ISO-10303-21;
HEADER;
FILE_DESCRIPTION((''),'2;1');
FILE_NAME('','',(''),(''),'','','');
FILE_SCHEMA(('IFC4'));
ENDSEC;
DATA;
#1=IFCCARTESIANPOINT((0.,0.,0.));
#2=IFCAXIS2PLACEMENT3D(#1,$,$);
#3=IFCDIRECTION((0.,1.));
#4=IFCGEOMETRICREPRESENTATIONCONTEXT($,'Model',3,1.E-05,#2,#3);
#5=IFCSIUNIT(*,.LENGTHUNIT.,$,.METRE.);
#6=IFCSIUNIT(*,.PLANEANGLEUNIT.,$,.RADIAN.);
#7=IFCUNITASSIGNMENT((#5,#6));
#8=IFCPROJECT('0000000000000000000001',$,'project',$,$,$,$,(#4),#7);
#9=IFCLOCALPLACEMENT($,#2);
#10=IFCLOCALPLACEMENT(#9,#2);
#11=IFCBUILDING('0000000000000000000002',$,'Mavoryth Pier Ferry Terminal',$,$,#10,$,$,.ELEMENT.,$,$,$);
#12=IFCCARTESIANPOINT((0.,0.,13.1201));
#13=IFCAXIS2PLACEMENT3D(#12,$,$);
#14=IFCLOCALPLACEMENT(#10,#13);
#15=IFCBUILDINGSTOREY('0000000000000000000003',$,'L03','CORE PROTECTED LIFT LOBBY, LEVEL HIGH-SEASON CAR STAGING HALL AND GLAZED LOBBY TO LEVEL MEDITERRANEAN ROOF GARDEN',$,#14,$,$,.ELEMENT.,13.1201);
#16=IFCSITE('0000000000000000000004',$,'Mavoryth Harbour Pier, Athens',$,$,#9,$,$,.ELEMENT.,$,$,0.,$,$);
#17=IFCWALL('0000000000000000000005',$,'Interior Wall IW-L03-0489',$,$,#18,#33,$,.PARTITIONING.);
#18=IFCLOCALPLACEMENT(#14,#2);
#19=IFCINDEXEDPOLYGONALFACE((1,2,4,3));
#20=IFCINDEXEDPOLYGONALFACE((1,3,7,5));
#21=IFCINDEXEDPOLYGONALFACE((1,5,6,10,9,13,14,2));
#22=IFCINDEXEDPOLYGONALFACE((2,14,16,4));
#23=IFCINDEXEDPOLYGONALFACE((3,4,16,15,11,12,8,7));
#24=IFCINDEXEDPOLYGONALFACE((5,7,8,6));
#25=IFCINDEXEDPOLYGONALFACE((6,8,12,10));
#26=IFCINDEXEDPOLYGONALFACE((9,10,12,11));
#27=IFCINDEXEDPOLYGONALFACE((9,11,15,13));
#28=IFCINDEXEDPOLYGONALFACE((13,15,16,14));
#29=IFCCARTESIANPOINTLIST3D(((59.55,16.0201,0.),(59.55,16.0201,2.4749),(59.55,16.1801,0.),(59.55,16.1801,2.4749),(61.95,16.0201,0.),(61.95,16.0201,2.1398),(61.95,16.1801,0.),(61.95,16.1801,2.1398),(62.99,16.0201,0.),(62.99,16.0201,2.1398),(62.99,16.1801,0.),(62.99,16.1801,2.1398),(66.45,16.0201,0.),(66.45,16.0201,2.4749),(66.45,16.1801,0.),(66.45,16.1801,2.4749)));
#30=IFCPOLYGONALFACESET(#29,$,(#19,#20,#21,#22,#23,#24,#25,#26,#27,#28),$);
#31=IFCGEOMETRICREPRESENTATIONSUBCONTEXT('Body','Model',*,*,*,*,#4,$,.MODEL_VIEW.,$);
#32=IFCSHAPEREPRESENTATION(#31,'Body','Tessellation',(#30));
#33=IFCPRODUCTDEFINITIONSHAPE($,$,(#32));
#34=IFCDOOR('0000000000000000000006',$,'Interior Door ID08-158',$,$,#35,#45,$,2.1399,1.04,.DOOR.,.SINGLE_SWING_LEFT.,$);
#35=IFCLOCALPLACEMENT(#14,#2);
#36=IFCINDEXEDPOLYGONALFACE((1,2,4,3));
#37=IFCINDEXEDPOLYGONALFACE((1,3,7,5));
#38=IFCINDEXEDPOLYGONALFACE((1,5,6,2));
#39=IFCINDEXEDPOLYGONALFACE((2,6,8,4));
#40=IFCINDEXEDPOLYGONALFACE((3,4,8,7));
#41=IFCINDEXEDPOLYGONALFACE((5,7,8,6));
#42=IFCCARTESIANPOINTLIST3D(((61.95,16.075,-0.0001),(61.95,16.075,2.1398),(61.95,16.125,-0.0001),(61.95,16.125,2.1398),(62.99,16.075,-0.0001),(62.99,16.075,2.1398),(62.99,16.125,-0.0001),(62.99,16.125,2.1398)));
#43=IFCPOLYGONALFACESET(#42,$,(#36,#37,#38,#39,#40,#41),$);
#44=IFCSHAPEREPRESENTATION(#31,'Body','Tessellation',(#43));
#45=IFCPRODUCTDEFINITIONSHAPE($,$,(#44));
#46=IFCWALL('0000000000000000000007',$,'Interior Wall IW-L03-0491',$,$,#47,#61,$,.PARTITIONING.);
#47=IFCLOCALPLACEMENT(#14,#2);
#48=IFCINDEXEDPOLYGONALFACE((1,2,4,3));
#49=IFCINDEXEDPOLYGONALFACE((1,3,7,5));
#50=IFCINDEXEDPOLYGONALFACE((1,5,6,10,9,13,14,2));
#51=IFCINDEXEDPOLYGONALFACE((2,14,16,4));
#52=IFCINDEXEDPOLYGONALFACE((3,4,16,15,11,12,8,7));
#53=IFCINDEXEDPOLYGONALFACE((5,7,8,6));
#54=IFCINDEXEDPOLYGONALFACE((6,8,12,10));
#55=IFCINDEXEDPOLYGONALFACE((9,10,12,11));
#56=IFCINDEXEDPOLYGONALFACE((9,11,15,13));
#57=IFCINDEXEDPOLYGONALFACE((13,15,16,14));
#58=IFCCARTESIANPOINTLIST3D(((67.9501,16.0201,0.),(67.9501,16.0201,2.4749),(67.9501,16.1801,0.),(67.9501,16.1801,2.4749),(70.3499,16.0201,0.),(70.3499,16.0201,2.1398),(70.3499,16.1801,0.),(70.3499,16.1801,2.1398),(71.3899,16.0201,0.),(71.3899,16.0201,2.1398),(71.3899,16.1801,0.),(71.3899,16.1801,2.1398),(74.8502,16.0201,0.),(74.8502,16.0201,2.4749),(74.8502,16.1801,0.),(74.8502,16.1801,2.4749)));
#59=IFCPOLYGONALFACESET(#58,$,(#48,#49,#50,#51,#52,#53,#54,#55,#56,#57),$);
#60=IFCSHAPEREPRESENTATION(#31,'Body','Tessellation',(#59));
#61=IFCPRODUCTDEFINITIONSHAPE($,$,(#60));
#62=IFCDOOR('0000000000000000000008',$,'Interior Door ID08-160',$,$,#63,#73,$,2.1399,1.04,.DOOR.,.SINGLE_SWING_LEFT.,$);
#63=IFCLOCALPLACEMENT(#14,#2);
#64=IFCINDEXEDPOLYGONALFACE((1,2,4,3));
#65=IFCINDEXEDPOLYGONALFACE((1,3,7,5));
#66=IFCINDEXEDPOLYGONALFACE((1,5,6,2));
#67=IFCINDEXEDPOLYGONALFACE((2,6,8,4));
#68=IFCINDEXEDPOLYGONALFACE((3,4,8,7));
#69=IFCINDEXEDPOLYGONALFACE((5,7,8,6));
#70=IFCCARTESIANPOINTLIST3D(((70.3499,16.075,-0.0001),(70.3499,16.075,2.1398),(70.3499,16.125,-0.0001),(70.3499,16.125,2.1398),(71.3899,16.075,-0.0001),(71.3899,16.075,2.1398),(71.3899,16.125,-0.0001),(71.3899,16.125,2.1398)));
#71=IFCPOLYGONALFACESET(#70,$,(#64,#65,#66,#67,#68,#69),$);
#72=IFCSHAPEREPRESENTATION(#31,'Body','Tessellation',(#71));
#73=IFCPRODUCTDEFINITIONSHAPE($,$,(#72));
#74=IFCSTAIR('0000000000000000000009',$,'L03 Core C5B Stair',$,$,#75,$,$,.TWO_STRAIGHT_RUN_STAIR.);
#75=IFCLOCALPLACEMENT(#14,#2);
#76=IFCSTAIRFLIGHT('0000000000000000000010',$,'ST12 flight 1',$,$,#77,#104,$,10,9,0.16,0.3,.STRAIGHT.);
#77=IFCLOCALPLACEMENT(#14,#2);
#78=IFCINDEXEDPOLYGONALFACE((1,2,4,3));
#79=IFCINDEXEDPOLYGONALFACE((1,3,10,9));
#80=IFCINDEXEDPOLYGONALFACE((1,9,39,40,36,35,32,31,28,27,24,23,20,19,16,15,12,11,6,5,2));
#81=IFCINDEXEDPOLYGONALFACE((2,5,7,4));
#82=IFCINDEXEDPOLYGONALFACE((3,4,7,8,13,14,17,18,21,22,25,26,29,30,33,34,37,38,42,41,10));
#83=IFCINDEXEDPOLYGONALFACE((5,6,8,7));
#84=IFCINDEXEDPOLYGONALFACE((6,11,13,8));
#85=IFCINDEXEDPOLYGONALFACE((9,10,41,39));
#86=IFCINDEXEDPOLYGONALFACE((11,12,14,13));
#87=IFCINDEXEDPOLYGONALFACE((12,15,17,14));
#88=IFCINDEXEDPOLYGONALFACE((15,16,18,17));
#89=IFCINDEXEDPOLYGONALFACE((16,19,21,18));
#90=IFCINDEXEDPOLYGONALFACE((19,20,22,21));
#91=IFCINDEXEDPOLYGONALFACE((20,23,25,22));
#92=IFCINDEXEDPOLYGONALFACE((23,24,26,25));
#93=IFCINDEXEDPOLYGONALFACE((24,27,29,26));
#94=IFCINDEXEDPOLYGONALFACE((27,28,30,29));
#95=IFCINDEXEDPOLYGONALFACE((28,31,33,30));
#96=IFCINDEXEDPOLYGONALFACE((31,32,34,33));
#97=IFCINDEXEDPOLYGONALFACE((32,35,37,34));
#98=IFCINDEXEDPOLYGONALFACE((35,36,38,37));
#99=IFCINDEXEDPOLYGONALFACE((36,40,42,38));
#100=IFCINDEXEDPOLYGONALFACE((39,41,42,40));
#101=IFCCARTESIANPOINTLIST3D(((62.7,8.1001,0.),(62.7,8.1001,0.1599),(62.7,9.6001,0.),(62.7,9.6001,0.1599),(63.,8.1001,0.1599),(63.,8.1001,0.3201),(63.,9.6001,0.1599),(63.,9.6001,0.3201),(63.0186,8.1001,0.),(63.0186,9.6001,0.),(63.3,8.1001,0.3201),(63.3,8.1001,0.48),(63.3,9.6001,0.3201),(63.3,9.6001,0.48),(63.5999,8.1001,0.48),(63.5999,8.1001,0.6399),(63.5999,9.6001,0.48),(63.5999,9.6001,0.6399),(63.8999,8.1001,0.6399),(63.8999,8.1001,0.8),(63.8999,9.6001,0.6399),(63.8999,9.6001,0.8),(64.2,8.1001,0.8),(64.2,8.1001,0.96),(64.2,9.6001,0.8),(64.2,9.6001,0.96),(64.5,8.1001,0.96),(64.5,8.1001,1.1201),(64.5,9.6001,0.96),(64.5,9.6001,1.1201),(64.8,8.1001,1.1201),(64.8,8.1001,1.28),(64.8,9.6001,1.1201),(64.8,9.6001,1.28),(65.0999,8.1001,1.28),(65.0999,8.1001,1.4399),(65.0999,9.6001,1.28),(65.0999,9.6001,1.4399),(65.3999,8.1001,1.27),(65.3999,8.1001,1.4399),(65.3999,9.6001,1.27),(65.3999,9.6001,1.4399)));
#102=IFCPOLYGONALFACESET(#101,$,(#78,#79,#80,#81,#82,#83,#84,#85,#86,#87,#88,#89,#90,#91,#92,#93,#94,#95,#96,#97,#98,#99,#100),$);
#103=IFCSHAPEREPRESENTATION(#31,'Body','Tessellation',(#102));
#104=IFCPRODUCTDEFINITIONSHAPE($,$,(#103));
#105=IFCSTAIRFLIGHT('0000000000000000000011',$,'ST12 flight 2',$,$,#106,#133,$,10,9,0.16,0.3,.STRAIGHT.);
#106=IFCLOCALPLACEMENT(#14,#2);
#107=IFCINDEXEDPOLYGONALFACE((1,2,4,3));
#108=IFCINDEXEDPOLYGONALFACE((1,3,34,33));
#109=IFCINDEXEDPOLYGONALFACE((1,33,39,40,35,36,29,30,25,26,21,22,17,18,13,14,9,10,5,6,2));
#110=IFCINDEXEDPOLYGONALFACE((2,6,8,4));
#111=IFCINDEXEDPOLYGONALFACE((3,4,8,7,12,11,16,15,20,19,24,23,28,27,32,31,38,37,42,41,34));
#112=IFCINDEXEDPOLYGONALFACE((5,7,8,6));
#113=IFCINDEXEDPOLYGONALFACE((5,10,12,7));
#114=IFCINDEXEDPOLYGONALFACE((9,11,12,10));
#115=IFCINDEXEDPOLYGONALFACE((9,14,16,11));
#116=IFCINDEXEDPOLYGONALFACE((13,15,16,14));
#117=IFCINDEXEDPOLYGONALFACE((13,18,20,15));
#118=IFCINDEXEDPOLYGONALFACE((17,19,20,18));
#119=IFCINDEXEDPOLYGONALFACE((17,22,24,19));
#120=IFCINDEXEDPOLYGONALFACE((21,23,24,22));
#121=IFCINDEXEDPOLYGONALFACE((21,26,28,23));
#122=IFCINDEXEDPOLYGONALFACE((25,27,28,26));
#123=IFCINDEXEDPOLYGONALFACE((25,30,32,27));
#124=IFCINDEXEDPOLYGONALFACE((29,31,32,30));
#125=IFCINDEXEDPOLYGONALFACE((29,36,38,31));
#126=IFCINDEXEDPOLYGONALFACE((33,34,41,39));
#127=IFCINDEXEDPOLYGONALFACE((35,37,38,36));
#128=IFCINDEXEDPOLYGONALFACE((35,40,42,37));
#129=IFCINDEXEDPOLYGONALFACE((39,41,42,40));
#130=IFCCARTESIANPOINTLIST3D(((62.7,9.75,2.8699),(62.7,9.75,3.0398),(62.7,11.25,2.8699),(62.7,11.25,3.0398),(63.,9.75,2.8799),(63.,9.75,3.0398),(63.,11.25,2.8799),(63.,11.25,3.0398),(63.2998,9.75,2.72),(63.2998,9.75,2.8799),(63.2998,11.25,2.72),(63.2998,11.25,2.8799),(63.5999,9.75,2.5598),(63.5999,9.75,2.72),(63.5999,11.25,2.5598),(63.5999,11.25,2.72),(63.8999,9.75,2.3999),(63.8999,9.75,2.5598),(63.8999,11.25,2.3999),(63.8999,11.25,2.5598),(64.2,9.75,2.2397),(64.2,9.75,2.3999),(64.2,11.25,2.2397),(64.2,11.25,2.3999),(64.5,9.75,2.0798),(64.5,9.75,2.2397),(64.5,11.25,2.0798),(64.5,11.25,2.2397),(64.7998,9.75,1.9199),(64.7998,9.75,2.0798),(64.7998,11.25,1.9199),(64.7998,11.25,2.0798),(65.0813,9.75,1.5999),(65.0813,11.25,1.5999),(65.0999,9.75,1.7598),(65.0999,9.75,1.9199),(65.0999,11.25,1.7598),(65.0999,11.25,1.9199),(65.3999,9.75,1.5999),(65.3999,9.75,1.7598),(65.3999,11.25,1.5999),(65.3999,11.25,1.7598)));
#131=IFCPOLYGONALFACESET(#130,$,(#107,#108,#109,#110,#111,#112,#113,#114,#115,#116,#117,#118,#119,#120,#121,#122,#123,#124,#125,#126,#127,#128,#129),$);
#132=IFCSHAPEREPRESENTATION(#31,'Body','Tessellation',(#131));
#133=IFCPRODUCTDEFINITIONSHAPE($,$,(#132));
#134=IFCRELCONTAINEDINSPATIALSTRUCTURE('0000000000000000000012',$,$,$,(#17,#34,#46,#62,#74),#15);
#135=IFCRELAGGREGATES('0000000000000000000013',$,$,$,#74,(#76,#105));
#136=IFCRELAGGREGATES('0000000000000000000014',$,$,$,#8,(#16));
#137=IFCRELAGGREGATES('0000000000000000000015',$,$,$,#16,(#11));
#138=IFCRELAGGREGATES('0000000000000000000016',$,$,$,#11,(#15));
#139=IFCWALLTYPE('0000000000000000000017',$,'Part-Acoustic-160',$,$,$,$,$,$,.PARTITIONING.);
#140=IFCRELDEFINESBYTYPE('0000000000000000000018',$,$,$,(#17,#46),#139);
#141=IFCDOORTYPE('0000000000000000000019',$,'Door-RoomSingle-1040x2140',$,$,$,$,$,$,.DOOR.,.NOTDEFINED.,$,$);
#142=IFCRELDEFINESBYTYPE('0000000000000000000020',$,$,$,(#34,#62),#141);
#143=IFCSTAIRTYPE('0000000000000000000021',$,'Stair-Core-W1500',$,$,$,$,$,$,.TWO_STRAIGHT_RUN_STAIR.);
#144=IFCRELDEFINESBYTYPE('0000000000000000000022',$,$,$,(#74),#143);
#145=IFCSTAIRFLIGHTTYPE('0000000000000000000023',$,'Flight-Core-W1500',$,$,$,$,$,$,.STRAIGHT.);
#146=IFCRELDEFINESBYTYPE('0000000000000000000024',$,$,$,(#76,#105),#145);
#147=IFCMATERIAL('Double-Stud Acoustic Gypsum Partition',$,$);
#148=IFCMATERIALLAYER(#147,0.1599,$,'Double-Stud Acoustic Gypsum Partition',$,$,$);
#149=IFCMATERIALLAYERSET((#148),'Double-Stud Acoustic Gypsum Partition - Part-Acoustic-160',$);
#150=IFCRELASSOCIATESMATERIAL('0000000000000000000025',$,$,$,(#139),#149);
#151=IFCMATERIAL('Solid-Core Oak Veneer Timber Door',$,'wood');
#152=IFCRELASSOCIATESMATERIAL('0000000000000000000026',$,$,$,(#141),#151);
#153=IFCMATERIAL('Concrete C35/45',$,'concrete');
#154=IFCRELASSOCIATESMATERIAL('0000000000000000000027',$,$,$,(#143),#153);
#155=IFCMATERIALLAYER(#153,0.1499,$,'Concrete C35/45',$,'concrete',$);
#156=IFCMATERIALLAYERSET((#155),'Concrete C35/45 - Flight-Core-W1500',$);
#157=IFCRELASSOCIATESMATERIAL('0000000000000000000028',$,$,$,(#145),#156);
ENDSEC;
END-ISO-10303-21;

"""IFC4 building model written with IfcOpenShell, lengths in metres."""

from ifc_helpers import new_model, si_unit, direction, frame, frame_2d, origin, place, context, subcontext, project, spatial, polyline, rectangle, outline, extrude, material, layer, layer_set, type_object, element, fill, aggregate, save


model = new_model("IFC4")

# Units and contexts
model_context = context("Model", 3, precision=1e-05, world=origin(), true_north=direction((0.0, 1.0)))
body_context = subcontext(model_context, "Body", "Model", "MODEL_VIEW")
ifc_project = project(units=[si_unit("LENGTHUNIT", "METRE"), si_unit("PLANEANGLEUNIT", "RADIAN")], contexts=[model_context])

# Site, building, storey
site_placement = place(None, origin())
site = spatial("IfcSite", under=ifc_project, at=site_placement, Name="Mavoryth Harbour Pier, Athens", CompositionType="ELEMENT", RefElevation=0.0)
building_placement = place(site_placement, origin())
building = spatial("IfcBuilding", under=site, at=building_placement, Name="Mavoryth Pier Ferry Terminal", CompositionType="ELEMENT")
storey_placement = place(building_placement, frame((0.0, 0.0, 13.1201)))
storey = spatial("IfcBuildingStorey", under=building, at=storey_placement, Name="L03", Description="CORE PROTECTED LIFT LOBBY, LEVEL HIGH-SEASON CAR STAGING HALL AND GLAZED LOBBY TO LEVEL MEDITERRANEAN ROOF GARDEN", CompositionType="ELEMENT", Elevation=13.1201)

# Shared definitions
ifc_material_1 = material(Name="Concrete C35/45", Category="concrete")

# Walls, openings, doors
ifc_material_2 = material(Name="Double-Stud Acoustic Gypsum Partition")
ifc_layer_1 = layer(ifc_material_2, 0.1599, Name="Double-Stud Acoustic Gypsum Partition")
ifc_layer_set_1 = layer_set([ifc_layer_1], Name="Double-Stud Acoustic Gypsum Partition - Part-Acoustic-160")
wall_type_1 = type_object("IfcWallType", Name="Part-Acoustic-160", PredefinedType="PARTITIONING", material=ifc_layer_set_1)
wall_1_placement = place(storey_placement, frame((59.55, 16.1001, 0.0), z_axis=(0.0, 0.0, 1.0), x_axis=(1.0, 0.0, 0.0)))
wall_1 = element("IfcWall", 1, at=wall_1_placement, inside=storey, type_object=wall_type_1, Name="Interior Wall IW-L03-0489", PredefinedType="PARTITIONING", context=body_context, shape_type="SweptSolid", body=[
    extrude(rectangle(XDim=6.8999, YDim=0.1599, at=frame_2d((3.45, 0.0))), origin(), (0.0, 0.0, 1.0), 2.4749),
])
opening_1_placement = place(wall_1_placement, frame((2.3999, 0.0, 0.0)))
opening_1 = element("IfcOpeningElement", 2, at=opening_1_placement, cuts=wall_1, PredefinedType="OPENING", context=body_context, shape_type="SweptSolid", body=[
    extrude(rectangle(XDim=1.04, YDim=2.1399, at=frame_2d((0.52, 1.0698))), frame((0.0, 0.0898, 0.0), z_axis=(0.0, -1.0, 0.0), x_axis=(1.0, 0.0, 0.0)), (0.0, 0.0, 1.0), 0.1799),
])
ifc_material_3 = material(Name="Solid-Core Oak Veneer Timber Door", Category="wood")
door_type_1 = type_object("IfcDoorType", Name="Door-RoomSingle-1040x2140", OperationType="NOTDEFINED", PredefinedType="DOOR", material=ifc_material_3)
door_1_placement = place(opening_1_placement, origin())
door_1 = element("IfcDoor", 3, at=door_1_placement, inside=storey, type_object=door_type_1, Name="Interior Door ID08-158", OperationType="SINGLE_SWING_LEFT", OverallHeight=2.1399, OverallWidth=1.04, PredefinedType="DOOR", context=body_context, shape_type="SweptSolid", body=[
    extrude(rectangle(XDim=1.04, YDim=2.1399, at=frame_2d((0.52, 1.0698))), frame((0.0, 0.0249, 0.0), z_axis=(0.0, -1.0, 0.0), x_axis=(1.0, 0.0, 0.0)), (0.0, 0.0, 1.0), 0.05),
])
fill(opening_1, door_1)
wall_2_placement = place(storey_placement, frame((67.95, 16.1001, 0.0), z_axis=(0.0, 0.0, 1.0), x_axis=(1.0, 0.0, 0.0)))
wall_2 = element("IfcWall", 4, at=wall_2_placement, inside=storey, type_object=wall_type_1, Name="Interior Wall IW-L03-0491", PredefinedType="PARTITIONING", context=body_context, shape_type="SweptSolid", body=[
    extrude(rectangle(XDim=6.9001, YDim=0.1599, at=frame_2d((3.4502, 0.0))), origin(), (0.0, 0.0, 1.0), 2.4749),
])
opening_2_placement = place(wall_2_placement, frame((2.3999, 0.0, 0.0)))
opening_2 = element("IfcOpeningElement", 5, at=opening_2_placement, cuts=wall_2, PredefinedType="OPENING", context=body_context, shape_type="SweptSolid", body=[
    extrude(rectangle(XDim=1.04, YDim=2.1399, at=frame_2d((0.52, 1.0698))), frame((0.0, 0.0898, 0.0), z_axis=(0.0, -1.0, 0.0), x_axis=(1.0, 0.0, 0.0)), (0.0, 0.0, 1.0), 0.1799),
])
door_2_placement = place(opening_2_placement, origin())
door_2 = element("IfcDoor", 6, at=door_2_placement, inside=storey, type_object=door_type_1, Name="Interior Door ID08-160", OperationType="SINGLE_SWING_LEFT", OverallHeight=2.1399, OverallWidth=1.04, PredefinedType="DOOR", context=body_context, shape_type="SweptSolid", body=[
    extrude(rectangle(XDim=1.04, YDim=2.1399, at=frame_2d((0.52, 1.0698))), frame((0.0, 0.0249, 0.0), z_axis=(0.0, -1.0, 0.0), x_axis=(1.0, 0.0, 0.0)), (0.0, 0.0, 1.0), 0.05),
])
fill(opening_2, door_2)

# Stair, stair flights
stair_type = type_object("IfcStairType", Name="Stair-Core-W1500", PredefinedType="TWO_STRAIGHT_RUN_STAIR", material=ifc_material_1)
stair_placement = place(storey_placement, origin())
stair = element("IfcStair", 7, at=stair_placement, inside=storey, type_object=stair_type, Name="L03 Core C5B Stair", PredefinedType="TWO_STRAIGHT_RUN_STAIR")
ifc_layer_2 = layer(ifc_material_1, 0.1499, Name="Concrete C35/45", Category="concrete")
ifc_layer_set_2 = layer_set([ifc_layer_2], Name="Concrete C35/45 - Flight-Core-W1500")
stair_flight_type = type_object("IfcStairFlightType", Name="Flight-Core-W1500", PredefinedType="STRAIGHT", material=ifc_layer_set_2)
stair_flight_1_placement = place(storey_placement, frame((62.7, 8.8501, 0.0), z_axis=(0.0, 0.0, 1.0), x_axis=(1.0, 0.0, 0.0)))
stair_flight_1 = element("IfcStairFlight", 8, at=stair_flight_1_placement, type_object=stair_flight_type, Name="ST12 flight 1", NumberOfRisers=10, NumberOfTreads=9, PredefinedType="STRAIGHT", RiserHeight=0.16, TreadLength=0.3, context=body_context, shape_type="SweptSolid", body=[
    extrude(outline(polyline([(0.0, 0.0), (0.0, 0.1599), (0.3, 0.1599), (0.3, 0.3201), (0.6001, 0.3201), (0.6001, 0.48), (0.8999, 0.48), (0.8999, 0.6399), (1.2, 0.6399), (1.2, 0.8), (1.5, 0.8), (1.5, 0.96), (1.8, 0.96), (1.8, 1.1201), (2.1001, 1.1201), (2.1001, 1.28), (2.3999, 1.28), (2.3999, 1.4399), (2.7, 1.4399), (2.7, 1.6001), (2.7, 1.27), (0.3186, 0.0), (0.0, 0.0)])), frame((0.0, 0.75, 0.0), z_axis=(0.0, -1.0, 0.0), x_axis=(1.0, 0.0, 0.0)), (0.0, 0.0, 1.0), 1.5),
])
stair_flight_2_placement = place(storey_placement, frame((65.3999, 10.5, 1.5999), z_axis=(0.0, 0.0, 1.0), x_axis=(-1.0, 0.0, 0.0)))
stair_flight_2 = element("IfcStairFlight", 9, at=stair_flight_2_placement, type_object=stair_flight_type, Name="ST12 flight 2", NumberOfRisers=10, NumberOfTreads=9, PredefinedType="STRAIGHT", RiserHeight=0.16, TreadLength=0.3, context=body_context, shape_type="SweptSolid", body=[
    extrude(outline(polyline([(0.0, 0.0), (0.0, 0.1599), (0.3, 0.1599), (0.3, 0.3201), (0.6001, 0.3201), (0.6001, 0.48), (0.8999, 0.48), (0.8999, 0.6399), (1.2, 0.6399), (1.2, 0.8), (1.5, 0.8), (1.5, 0.96), (1.8, 0.96), (1.8, 1.1201), (2.1001, 1.1201), (2.1001, 1.28), (2.3999, 1.28), (2.3999, 1.4399), (2.7, 1.4399), (2.7, 1.6001), (2.7, 1.27), (0.3186, 0.0), (0.0, 0.0)])), frame((0.0, 0.75, 0.0), z_axis=(0.0, -1.0, 0.0), x_axis=(1.0, 0.0, 0.0)), (0.0, 0.0, 1.0), 1.5),
])
aggregate(stair, [stair_flight_1, stair_flight_2])

save(model, "model.ifc")
